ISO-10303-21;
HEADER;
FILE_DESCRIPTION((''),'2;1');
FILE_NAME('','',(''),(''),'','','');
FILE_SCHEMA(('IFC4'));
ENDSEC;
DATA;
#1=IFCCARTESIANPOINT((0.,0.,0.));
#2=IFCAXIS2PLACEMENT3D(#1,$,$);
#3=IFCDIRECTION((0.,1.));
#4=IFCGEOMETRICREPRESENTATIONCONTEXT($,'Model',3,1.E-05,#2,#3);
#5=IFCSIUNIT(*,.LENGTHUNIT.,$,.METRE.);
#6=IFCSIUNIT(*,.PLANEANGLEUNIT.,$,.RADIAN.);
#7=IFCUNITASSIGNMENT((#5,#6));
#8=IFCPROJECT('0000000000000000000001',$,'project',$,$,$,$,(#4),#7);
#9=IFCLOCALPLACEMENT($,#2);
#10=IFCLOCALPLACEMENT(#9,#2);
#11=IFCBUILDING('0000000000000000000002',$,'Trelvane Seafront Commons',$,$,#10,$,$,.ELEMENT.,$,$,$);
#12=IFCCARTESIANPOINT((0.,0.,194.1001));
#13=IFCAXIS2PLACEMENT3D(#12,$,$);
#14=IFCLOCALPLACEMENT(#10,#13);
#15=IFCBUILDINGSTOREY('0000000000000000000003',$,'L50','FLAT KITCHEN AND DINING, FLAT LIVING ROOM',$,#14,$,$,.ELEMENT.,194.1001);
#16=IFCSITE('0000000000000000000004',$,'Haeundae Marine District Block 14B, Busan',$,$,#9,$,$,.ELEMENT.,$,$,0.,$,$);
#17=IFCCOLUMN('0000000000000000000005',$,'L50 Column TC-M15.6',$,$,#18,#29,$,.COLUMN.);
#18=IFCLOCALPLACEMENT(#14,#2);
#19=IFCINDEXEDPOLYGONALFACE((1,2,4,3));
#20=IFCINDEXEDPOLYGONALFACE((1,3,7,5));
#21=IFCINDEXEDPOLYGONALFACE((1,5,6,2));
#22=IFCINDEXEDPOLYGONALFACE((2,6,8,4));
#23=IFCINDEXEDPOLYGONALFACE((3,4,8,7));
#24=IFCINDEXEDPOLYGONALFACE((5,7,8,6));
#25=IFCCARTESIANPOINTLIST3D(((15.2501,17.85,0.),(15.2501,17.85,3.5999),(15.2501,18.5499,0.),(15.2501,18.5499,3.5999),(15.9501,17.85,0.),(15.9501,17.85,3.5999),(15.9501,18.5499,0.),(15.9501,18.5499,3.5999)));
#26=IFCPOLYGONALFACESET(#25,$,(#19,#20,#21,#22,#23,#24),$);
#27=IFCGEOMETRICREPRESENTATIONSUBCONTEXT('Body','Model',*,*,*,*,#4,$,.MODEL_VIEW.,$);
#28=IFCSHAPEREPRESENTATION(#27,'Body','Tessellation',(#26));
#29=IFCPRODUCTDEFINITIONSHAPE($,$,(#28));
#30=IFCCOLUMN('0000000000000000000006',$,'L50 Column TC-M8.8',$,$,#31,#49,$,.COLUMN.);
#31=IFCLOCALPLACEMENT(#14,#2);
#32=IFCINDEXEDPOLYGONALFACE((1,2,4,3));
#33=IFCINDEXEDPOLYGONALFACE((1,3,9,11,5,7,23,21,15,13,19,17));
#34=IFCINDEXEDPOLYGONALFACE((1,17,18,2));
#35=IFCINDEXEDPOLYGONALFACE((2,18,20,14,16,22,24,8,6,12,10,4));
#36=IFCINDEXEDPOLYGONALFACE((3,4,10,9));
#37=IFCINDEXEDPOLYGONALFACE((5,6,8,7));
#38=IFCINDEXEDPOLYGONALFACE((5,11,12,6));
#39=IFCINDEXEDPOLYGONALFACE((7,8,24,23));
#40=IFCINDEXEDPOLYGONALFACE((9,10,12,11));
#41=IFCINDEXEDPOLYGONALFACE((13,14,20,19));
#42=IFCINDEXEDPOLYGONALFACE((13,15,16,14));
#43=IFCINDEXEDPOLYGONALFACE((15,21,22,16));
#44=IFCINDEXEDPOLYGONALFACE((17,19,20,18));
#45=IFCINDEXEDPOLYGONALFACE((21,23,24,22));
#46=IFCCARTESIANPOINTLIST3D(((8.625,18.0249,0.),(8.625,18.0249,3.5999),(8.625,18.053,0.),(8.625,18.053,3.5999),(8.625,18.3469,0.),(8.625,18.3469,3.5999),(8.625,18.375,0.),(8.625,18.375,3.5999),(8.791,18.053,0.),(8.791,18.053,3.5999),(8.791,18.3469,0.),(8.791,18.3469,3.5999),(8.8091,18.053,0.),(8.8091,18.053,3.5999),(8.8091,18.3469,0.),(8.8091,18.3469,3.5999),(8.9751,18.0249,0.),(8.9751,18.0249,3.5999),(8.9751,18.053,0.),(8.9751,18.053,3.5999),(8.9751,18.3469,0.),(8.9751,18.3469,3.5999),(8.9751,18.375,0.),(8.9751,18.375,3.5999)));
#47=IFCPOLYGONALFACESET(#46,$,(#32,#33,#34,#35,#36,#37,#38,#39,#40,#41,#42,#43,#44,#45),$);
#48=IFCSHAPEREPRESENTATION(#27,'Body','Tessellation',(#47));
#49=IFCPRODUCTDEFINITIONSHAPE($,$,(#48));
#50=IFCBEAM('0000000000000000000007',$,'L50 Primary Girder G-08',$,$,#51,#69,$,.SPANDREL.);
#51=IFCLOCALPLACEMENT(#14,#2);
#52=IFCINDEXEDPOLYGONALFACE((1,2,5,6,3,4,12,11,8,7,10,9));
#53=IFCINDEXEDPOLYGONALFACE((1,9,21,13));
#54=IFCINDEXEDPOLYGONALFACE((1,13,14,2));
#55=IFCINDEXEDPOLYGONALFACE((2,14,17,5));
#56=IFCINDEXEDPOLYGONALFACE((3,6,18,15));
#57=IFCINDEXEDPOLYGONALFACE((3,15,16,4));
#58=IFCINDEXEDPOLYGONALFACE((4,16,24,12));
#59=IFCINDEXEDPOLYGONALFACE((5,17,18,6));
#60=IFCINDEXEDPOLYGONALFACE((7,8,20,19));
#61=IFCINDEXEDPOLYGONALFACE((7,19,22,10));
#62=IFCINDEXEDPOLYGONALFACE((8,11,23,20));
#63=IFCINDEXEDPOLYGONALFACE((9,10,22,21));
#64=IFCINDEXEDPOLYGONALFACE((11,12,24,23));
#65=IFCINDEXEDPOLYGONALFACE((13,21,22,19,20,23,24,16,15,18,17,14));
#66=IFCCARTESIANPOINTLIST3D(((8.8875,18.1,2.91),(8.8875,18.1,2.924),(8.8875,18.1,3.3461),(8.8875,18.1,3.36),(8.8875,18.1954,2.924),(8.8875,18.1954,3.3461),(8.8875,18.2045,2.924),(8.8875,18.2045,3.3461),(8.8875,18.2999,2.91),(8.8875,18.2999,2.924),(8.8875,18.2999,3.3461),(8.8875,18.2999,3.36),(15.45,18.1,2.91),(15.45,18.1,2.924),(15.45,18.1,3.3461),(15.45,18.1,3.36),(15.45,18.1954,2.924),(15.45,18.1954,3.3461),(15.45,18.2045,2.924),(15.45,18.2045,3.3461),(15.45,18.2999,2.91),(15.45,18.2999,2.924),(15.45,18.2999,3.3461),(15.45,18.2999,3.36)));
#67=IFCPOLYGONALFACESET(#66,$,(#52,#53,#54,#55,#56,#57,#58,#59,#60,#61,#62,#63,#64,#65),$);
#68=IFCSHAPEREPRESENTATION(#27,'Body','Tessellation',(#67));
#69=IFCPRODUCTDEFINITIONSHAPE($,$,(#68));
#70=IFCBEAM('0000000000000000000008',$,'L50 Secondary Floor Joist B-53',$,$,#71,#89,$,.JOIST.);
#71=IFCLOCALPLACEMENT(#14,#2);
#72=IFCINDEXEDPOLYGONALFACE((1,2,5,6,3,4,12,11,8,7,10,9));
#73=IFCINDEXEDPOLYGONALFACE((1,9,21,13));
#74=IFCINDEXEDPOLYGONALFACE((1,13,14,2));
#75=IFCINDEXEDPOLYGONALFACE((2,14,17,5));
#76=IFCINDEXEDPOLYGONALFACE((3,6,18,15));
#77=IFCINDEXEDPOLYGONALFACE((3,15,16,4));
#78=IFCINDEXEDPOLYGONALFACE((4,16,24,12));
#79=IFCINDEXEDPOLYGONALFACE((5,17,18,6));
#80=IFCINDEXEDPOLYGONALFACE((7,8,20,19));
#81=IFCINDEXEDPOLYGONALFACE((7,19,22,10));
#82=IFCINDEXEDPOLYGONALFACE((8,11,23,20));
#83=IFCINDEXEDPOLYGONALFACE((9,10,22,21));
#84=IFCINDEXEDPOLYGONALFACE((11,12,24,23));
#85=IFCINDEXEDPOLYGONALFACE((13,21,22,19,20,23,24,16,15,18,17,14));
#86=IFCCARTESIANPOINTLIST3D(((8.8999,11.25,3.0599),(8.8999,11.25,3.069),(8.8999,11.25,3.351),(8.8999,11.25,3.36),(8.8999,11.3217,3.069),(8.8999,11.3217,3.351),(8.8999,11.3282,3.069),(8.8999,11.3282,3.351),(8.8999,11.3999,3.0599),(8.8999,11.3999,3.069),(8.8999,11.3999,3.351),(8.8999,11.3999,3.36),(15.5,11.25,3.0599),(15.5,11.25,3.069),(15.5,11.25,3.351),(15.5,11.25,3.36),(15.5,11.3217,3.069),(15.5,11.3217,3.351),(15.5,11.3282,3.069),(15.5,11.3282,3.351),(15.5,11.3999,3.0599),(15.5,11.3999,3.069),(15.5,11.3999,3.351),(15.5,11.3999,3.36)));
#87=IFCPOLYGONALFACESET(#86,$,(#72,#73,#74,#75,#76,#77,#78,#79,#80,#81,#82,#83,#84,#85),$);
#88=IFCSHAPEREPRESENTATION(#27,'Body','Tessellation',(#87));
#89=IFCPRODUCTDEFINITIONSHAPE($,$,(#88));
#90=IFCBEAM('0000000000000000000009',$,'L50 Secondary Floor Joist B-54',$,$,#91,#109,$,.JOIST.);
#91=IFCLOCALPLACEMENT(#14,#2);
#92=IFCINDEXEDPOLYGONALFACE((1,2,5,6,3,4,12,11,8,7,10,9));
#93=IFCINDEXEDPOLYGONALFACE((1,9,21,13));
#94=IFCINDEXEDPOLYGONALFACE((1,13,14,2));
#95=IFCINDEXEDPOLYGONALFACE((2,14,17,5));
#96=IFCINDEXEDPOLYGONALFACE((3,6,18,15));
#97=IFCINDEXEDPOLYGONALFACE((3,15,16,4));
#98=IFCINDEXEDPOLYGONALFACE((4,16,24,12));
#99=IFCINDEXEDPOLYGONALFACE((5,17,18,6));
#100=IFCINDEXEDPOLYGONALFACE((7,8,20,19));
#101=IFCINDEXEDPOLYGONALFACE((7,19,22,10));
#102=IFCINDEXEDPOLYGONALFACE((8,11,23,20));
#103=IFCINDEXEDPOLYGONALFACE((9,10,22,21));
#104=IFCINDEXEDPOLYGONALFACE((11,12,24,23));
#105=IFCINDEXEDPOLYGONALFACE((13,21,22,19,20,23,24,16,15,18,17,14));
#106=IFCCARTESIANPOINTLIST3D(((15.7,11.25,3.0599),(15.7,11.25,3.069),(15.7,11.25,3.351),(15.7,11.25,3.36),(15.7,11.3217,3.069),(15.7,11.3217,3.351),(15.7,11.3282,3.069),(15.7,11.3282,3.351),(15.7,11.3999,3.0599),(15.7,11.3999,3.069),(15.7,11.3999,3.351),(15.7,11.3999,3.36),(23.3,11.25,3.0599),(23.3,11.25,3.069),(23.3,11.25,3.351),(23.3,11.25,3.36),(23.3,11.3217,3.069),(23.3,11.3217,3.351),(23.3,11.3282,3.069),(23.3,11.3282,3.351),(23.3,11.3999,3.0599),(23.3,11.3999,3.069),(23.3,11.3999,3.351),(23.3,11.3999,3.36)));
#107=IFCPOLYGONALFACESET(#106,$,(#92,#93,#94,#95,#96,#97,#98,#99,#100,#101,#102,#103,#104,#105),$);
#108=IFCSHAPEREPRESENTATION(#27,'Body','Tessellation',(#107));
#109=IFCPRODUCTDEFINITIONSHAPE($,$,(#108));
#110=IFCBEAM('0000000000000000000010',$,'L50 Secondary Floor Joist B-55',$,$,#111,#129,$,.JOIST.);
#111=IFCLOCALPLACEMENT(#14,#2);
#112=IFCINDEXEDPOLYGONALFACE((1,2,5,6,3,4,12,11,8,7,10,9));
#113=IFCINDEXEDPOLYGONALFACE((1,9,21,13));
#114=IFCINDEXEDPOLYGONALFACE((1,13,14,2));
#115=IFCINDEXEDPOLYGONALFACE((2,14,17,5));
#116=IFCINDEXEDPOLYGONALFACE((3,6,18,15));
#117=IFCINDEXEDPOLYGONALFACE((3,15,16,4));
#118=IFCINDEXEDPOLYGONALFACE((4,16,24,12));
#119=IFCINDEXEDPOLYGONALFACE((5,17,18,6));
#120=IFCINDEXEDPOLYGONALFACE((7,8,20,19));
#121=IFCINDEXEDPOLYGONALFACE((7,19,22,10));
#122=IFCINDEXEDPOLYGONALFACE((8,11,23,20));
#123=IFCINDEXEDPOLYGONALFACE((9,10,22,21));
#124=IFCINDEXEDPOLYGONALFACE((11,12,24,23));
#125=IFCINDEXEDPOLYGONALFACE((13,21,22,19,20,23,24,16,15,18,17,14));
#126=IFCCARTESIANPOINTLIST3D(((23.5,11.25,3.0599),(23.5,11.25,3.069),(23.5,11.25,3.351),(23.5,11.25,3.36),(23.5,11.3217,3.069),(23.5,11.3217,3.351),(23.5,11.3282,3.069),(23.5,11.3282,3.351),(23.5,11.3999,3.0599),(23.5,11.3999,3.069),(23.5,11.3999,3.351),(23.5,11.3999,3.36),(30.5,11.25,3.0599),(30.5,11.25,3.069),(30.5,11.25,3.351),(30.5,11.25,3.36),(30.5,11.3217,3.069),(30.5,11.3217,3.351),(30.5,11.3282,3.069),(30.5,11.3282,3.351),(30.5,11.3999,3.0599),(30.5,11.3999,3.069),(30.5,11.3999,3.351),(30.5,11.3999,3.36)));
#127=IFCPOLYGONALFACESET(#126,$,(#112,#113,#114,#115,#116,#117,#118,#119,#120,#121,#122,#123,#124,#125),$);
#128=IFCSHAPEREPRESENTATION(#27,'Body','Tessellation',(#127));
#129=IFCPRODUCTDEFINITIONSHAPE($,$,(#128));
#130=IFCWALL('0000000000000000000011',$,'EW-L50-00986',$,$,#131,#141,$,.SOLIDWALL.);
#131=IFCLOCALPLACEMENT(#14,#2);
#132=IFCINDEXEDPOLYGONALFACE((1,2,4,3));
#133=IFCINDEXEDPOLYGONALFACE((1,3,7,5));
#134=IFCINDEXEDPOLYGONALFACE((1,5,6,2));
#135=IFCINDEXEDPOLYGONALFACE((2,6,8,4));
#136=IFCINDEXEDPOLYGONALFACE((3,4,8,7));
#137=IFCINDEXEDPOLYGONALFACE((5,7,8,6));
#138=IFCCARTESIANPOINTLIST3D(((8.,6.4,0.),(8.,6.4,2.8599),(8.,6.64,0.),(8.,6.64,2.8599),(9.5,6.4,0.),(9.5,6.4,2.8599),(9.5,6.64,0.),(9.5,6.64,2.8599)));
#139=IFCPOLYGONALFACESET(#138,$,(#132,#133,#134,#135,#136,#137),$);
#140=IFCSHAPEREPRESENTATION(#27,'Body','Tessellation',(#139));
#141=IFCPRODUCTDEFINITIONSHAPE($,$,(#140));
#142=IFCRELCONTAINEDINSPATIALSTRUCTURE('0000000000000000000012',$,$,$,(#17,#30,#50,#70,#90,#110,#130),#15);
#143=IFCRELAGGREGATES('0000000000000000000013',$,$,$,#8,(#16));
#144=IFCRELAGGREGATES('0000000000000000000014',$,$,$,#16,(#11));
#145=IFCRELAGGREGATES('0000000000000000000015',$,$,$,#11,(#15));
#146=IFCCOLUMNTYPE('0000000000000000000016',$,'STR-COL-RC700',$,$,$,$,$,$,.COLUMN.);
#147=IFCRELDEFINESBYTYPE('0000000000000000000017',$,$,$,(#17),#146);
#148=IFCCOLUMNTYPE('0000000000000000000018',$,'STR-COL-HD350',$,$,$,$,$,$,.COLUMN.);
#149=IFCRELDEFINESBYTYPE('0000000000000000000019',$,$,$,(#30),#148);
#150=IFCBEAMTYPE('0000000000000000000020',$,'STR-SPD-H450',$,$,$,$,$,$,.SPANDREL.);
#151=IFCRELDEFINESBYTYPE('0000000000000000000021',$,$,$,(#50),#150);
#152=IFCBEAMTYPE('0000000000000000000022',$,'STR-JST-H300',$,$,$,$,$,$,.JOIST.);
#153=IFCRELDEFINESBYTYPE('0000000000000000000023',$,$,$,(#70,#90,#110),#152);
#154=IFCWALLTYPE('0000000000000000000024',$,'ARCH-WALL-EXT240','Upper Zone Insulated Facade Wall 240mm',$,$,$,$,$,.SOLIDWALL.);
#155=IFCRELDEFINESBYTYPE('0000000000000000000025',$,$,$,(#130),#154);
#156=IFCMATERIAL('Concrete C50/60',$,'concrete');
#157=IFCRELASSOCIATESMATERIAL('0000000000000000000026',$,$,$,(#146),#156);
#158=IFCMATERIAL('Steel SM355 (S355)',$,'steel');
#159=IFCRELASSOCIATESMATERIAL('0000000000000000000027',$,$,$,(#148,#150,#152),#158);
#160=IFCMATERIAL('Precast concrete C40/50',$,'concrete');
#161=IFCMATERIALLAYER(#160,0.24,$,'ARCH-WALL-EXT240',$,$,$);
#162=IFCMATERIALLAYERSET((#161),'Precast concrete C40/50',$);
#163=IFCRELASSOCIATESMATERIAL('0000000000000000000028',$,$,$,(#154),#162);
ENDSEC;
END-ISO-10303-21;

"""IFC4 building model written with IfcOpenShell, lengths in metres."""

from ifc_helpers import new_model, si_unit, direction, frame, frame_2d, origin, origin_2d, place, context, subcontext, project, spatial, rectangle, i_section, extrude, source, transform, mapped, material, layer, layer_set, material_profile, profile_set, type_object, element, save


model = new_model("IFC4")

# Units and contexts
model_context = context("Model", 3, precision=1e-05, world=origin(), true_north=direction((0.0, 1.0)))
body_context = subcontext(model_context, "Body", "Model", "MODEL_VIEW")
ifc_project = project(units=[si_unit("LENGTHUNIT", "METRE"), si_unit("PLANEANGLEUNIT", "RADIAN")], contexts=[model_context])

# Site, building, storey
site_placement = place(None, origin())
site = spatial("IfcSite", under=ifc_project, at=site_placement, Name="Haeundae Marine District Block 14B, Busan", CompositionType="ELEMENT", RefElevation=0.0)
building_placement = place(site_placement, origin())
building = spatial("IfcBuilding", under=site, at=building_placement, Name="Trelvane Seafront Commons", CompositionType="ELEMENT")
storey_placement = place(building_placement, frame((0.0, 0.0, 194.1001)))
storey = spatial("IfcBuildingStorey", under=building, at=storey_placement, Name="L50", Description="FLAT KITCHEN AND DINING, FLAT LIVING ROOM", CompositionType="ELEMENT", Elevation=194.1001)

# Columns
ifc_material_1 = material(Name="Concrete C50/60", Category="concrete")
ifc_material_profile_1 = material_profile(ifc_material_1, rectangle(XDim=0.7, YDim=0.7, at=origin_2d()), Name="RC-700x700")
ifc_profile_set_1 = profile_set([ifc_material_profile_1], Name="Concrete C50/60")
column_type_1 = type_object("IfcColumnType", Name="STR-COL-RC700", PredefinedType="COLUMN", material=ifc_profile_set_1)
shared_shape_1 = source(origin(), body_context, "Body", "SweptSolid", [
    extrude(rectangle(XDim=0.7, YDim=0.7, at=origin_2d()), origin(), (0.0, 0.0, 1.0), 3.5999),
])
column_1_placement = place(storey_placement, frame((15.6001, 18.2, 0.0), z_axis=(0.0, 0.0, 1.0), x_axis=(1.0, 0.0, 0.0)))
element("IfcColumn", 1, at=column_1_placement, inside=storey, type_object=column_type_1, Name="L50 Column TC-M15.6", PredefinedType="COLUMN", context=body_context, shape_type="MappedRepresentation", body=[
    mapped(shared_shape_1, transform((0.0, 0.0, 0.0), x_axis=(1.0, 0.0, 0.0), y_axis=(0.0, 1.0, 0.0), z_axis=(0.0, 0.0, 1.0), scale=1.0)),
])
ifc_material_2 = material(Name="Steel SM355 (S355)", Category="steel")
ifc_material_profile_2 = material_profile(ifc_material_2, i_section(OverallWidth=0.3501, OverallDepth=0.3501, WebThickness=0.0181, FlangeThickness=0.0281, at=origin_2d()), Name="HD-350x350x18x28")
ifc_profile_set_2 = profile_set([ifc_material_profile_2], Name="Steel SM355 (S355)")
column_type_2 = type_object("IfcColumnType", Name="STR-COL-HD350", PredefinedType="COLUMN", material=ifc_profile_set_2)
shared_shape_2 = source(origin(), body_context, "Body", "SweptSolid", [
    extrude(i_section(OverallWidth=0.3501, OverallDepth=0.3501, WebThickness=0.0181, FlangeThickness=0.0281, at=origin_2d()), origin(), (0.0, 0.0, 1.0), 3.5999),
])
column_2_placement = place(storey_placement, frame((8.8, 18.2, 0.0), z_axis=(0.0, 0.0, 1.0), x_axis=(1.0, 0.0, 0.0)))
element("IfcColumn", 2, at=column_2_placement, inside=storey, type_object=column_type_2, Name="L50 Column TC-M8.8", PredefinedType="COLUMN", context=body_context, shape_type="MappedRepresentation", body=[
    mapped(shared_shape_2, transform((0.0, 0.0, 0.0), x_axis=(1.0, 0.0, 0.0), y_axis=(0.0, 1.0, 0.0), z_axis=(0.0, 0.0, 1.0), scale=1.0)),
])

# Beams
ifc_material_profile_3 = material_profile(ifc_material_2, i_section(OverallWidth=0.2, OverallDepth=0.45, WebThickness=0.009, FlangeThickness=0.0139, at=origin_2d()), Name="H-450x200x9x14")
ifc_profile_set_3 = profile_set([ifc_material_profile_3], Name="Steel SM355 (S355)")
beam_type_1 = type_object("IfcBeamType", Name="STR-SPD-H450", PredefinedType="SPANDREL", material=ifc_profile_set_3)
shared_shape_3 = source(origin(), body_context, "Body", "SweptSolid", [
    extrude(i_section(OverallWidth=0.2, OverallDepth=0.45, WebThickness=0.009, FlangeThickness=0.0139, at=origin_2d()), origin(), (0.0, 0.0, 1.0), 6.5625),
])
beam_1_placement = place(storey_placement, frame((8.8875, 18.2, 3.135), z_axis=(1.0, 0.0, 0.0), x_axis=(0.0, 1.0, 0.0)))
element("IfcBeam", 3, at=beam_1_placement, inside=storey, type_object=beam_type_1, Name="L50 Primary Girder G-08", PredefinedType="SPANDREL", context=body_context, shape_type="MappedRepresentation", body=[
    mapped(shared_shape_3, transform((0.0, 0.0, 0.0), x_axis=(1.0, 0.0, 0.0), y_axis=(0.0, 1.0, 0.0), z_axis=(0.0, 0.0, 1.0), scale=1.0)),
])
ifc_material_profile_4 = material_profile(ifc_material_2, i_section(OverallWidth=0.1499, OverallDepth=0.3, WebThickness=0.0066, FlangeThickness=0.009, at=origin_2d()), Name="H-300x150x6.5x9")
ifc_profile_set_4 = profile_set([ifc_material_profile_4], Name="Steel SM355 (S355)")
beam_type_2 = type_object("IfcBeamType", Name="STR-JST-H300", PredefinedType="JOIST", material=ifc_profile_set_4)
shared_shape_4 = source(origin(), body_context, "Body", "SweptSolid", [
    extrude(i_section(OverallWidth=0.1499, OverallDepth=0.3, WebThickness=0.0066, FlangeThickness=0.009, at=origin_2d()), origin(), (0.0, 0.0, 1.0), 6.6001),
])
beam_2_placement = place(storey_placement, frame((8.8999, 11.325, 3.21), z_axis=(1.0, 0.0, 0.0), x_axis=(0.0, 1.0, 0.0)))
element("IfcBeam", 4, at=beam_2_placement, inside=storey, type_object=beam_type_2, Name="L50 Secondary Floor Joist B-53", PredefinedType="JOIST", context=body_context, shape_type="MappedRepresentation", body=[
    mapped(shared_shape_4, transform((0.0, 0.0, 0.0), x_axis=(1.0, 0.0, 0.0), y_axis=(0.0, 1.0, 0.0), z_axis=(0.0, 0.0, 1.0), scale=1.0)),
])
shared_shape_5 = source(origin(), body_context, "Body", "SweptSolid", [
    extrude(i_section(OverallWidth=0.1499, OverallDepth=0.3, WebThickness=0.0066, FlangeThickness=0.009, at=origin_2d()), origin(), (0.0, 0.0, 1.0), 7.6001),
])
beam_3_placement = place(storey_placement, frame((15.7, 11.325, 3.21), z_axis=(1.0, 0.0, 0.0), x_axis=(0.0, 1.0, 0.0)))
element("IfcBeam", 5, at=beam_3_placement, inside=storey, type_object=beam_type_2, Name="L50 Secondary Floor Joist B-54", PredefinedType="JOIST", context=body_context, shape_type="MappedRepresentation", body=[
    mapped(shared_shape_5, transform((0.0, 0.0, 0.0), x_axis=(1.0, 0.0, 0.0), y_axis=(0.0, 1.0, 0.0), z_axis=(0.0, 0.0, 1.0), scale=1.0)),
])
shared_shape_6 = source(origin(), body_context, "Body", "SweptSolid", [
    extrude(i_section(OverallWidth=0.1499, OverallDepth=0.3, WebThickness=0.0066, FlangeThickness=0.009, at=origin_2d()), origin(), (0.0, 0.0, 1.0), 7.0),
])
beam_4_placement = place(storey_placement, frame((23.5, 11.325, 3.21), z_axis=(1.0, 0.0, 0.0), x_axis=(0.0, 1.0, 0.0)))
element("IfcBeam", 6, at=beam_4_placement, inside=storey, type_object=beam_type_2, Name="L50 Secondary Floor Joist B-55", PredefinedType="JOIST", context=body_context, shape_type="MappedRepresentation", body=[
    mapped(shared_shape_6, transform((0.0, 0.0, 0.0), x_axis=(1.0, 0.0, 0.0), y_axis=(0.0, 1.0, 0.0), z_axis=(0.0, 0.0, 1.0), scale=1.0)),
])

# Wall
ifc_material_3 = material(Name="Precast concrete C40/50", Category="concrete")
ifc_layer_1 = layer(ifc_material_3, 0.24, Name="ARCH-WALL-EXT240")
ifc_layer_set_1 = layer_set([ifc_layer_1], Name="Precast concrete C40/50")
wall_type_1 = type_object("IfcWallType", Name="ARCH-WALL-EXT240", Description="Upper Zone Insulated Facade Wall 240mm", PredefinedType="SOLIDWALL", material=ifc_layer_set_1)
wall_1_placement = place(storey_placement, frame((9.5, 6.52, 0.0), z_axis=(0.0, 0.0, 1.0), x_axis=(-1.0, 0.0, 0.0)))
element("IfcWall", 7, at=wall_1_placement, inside=storey, type_object=wall_type_1, Name="EW-L50-00986", PredefinedType="SOLIDWALL", context=body_context, shape_type="SweptSolid", body=[
    extrude(rectangle(XDim=1.5, YDim=0.24, at=frame_2d((0.75, 0.0))), origin(), (0.0, 0.0, 1.0), 2.8599),
])

save(model, "model.ifc")
